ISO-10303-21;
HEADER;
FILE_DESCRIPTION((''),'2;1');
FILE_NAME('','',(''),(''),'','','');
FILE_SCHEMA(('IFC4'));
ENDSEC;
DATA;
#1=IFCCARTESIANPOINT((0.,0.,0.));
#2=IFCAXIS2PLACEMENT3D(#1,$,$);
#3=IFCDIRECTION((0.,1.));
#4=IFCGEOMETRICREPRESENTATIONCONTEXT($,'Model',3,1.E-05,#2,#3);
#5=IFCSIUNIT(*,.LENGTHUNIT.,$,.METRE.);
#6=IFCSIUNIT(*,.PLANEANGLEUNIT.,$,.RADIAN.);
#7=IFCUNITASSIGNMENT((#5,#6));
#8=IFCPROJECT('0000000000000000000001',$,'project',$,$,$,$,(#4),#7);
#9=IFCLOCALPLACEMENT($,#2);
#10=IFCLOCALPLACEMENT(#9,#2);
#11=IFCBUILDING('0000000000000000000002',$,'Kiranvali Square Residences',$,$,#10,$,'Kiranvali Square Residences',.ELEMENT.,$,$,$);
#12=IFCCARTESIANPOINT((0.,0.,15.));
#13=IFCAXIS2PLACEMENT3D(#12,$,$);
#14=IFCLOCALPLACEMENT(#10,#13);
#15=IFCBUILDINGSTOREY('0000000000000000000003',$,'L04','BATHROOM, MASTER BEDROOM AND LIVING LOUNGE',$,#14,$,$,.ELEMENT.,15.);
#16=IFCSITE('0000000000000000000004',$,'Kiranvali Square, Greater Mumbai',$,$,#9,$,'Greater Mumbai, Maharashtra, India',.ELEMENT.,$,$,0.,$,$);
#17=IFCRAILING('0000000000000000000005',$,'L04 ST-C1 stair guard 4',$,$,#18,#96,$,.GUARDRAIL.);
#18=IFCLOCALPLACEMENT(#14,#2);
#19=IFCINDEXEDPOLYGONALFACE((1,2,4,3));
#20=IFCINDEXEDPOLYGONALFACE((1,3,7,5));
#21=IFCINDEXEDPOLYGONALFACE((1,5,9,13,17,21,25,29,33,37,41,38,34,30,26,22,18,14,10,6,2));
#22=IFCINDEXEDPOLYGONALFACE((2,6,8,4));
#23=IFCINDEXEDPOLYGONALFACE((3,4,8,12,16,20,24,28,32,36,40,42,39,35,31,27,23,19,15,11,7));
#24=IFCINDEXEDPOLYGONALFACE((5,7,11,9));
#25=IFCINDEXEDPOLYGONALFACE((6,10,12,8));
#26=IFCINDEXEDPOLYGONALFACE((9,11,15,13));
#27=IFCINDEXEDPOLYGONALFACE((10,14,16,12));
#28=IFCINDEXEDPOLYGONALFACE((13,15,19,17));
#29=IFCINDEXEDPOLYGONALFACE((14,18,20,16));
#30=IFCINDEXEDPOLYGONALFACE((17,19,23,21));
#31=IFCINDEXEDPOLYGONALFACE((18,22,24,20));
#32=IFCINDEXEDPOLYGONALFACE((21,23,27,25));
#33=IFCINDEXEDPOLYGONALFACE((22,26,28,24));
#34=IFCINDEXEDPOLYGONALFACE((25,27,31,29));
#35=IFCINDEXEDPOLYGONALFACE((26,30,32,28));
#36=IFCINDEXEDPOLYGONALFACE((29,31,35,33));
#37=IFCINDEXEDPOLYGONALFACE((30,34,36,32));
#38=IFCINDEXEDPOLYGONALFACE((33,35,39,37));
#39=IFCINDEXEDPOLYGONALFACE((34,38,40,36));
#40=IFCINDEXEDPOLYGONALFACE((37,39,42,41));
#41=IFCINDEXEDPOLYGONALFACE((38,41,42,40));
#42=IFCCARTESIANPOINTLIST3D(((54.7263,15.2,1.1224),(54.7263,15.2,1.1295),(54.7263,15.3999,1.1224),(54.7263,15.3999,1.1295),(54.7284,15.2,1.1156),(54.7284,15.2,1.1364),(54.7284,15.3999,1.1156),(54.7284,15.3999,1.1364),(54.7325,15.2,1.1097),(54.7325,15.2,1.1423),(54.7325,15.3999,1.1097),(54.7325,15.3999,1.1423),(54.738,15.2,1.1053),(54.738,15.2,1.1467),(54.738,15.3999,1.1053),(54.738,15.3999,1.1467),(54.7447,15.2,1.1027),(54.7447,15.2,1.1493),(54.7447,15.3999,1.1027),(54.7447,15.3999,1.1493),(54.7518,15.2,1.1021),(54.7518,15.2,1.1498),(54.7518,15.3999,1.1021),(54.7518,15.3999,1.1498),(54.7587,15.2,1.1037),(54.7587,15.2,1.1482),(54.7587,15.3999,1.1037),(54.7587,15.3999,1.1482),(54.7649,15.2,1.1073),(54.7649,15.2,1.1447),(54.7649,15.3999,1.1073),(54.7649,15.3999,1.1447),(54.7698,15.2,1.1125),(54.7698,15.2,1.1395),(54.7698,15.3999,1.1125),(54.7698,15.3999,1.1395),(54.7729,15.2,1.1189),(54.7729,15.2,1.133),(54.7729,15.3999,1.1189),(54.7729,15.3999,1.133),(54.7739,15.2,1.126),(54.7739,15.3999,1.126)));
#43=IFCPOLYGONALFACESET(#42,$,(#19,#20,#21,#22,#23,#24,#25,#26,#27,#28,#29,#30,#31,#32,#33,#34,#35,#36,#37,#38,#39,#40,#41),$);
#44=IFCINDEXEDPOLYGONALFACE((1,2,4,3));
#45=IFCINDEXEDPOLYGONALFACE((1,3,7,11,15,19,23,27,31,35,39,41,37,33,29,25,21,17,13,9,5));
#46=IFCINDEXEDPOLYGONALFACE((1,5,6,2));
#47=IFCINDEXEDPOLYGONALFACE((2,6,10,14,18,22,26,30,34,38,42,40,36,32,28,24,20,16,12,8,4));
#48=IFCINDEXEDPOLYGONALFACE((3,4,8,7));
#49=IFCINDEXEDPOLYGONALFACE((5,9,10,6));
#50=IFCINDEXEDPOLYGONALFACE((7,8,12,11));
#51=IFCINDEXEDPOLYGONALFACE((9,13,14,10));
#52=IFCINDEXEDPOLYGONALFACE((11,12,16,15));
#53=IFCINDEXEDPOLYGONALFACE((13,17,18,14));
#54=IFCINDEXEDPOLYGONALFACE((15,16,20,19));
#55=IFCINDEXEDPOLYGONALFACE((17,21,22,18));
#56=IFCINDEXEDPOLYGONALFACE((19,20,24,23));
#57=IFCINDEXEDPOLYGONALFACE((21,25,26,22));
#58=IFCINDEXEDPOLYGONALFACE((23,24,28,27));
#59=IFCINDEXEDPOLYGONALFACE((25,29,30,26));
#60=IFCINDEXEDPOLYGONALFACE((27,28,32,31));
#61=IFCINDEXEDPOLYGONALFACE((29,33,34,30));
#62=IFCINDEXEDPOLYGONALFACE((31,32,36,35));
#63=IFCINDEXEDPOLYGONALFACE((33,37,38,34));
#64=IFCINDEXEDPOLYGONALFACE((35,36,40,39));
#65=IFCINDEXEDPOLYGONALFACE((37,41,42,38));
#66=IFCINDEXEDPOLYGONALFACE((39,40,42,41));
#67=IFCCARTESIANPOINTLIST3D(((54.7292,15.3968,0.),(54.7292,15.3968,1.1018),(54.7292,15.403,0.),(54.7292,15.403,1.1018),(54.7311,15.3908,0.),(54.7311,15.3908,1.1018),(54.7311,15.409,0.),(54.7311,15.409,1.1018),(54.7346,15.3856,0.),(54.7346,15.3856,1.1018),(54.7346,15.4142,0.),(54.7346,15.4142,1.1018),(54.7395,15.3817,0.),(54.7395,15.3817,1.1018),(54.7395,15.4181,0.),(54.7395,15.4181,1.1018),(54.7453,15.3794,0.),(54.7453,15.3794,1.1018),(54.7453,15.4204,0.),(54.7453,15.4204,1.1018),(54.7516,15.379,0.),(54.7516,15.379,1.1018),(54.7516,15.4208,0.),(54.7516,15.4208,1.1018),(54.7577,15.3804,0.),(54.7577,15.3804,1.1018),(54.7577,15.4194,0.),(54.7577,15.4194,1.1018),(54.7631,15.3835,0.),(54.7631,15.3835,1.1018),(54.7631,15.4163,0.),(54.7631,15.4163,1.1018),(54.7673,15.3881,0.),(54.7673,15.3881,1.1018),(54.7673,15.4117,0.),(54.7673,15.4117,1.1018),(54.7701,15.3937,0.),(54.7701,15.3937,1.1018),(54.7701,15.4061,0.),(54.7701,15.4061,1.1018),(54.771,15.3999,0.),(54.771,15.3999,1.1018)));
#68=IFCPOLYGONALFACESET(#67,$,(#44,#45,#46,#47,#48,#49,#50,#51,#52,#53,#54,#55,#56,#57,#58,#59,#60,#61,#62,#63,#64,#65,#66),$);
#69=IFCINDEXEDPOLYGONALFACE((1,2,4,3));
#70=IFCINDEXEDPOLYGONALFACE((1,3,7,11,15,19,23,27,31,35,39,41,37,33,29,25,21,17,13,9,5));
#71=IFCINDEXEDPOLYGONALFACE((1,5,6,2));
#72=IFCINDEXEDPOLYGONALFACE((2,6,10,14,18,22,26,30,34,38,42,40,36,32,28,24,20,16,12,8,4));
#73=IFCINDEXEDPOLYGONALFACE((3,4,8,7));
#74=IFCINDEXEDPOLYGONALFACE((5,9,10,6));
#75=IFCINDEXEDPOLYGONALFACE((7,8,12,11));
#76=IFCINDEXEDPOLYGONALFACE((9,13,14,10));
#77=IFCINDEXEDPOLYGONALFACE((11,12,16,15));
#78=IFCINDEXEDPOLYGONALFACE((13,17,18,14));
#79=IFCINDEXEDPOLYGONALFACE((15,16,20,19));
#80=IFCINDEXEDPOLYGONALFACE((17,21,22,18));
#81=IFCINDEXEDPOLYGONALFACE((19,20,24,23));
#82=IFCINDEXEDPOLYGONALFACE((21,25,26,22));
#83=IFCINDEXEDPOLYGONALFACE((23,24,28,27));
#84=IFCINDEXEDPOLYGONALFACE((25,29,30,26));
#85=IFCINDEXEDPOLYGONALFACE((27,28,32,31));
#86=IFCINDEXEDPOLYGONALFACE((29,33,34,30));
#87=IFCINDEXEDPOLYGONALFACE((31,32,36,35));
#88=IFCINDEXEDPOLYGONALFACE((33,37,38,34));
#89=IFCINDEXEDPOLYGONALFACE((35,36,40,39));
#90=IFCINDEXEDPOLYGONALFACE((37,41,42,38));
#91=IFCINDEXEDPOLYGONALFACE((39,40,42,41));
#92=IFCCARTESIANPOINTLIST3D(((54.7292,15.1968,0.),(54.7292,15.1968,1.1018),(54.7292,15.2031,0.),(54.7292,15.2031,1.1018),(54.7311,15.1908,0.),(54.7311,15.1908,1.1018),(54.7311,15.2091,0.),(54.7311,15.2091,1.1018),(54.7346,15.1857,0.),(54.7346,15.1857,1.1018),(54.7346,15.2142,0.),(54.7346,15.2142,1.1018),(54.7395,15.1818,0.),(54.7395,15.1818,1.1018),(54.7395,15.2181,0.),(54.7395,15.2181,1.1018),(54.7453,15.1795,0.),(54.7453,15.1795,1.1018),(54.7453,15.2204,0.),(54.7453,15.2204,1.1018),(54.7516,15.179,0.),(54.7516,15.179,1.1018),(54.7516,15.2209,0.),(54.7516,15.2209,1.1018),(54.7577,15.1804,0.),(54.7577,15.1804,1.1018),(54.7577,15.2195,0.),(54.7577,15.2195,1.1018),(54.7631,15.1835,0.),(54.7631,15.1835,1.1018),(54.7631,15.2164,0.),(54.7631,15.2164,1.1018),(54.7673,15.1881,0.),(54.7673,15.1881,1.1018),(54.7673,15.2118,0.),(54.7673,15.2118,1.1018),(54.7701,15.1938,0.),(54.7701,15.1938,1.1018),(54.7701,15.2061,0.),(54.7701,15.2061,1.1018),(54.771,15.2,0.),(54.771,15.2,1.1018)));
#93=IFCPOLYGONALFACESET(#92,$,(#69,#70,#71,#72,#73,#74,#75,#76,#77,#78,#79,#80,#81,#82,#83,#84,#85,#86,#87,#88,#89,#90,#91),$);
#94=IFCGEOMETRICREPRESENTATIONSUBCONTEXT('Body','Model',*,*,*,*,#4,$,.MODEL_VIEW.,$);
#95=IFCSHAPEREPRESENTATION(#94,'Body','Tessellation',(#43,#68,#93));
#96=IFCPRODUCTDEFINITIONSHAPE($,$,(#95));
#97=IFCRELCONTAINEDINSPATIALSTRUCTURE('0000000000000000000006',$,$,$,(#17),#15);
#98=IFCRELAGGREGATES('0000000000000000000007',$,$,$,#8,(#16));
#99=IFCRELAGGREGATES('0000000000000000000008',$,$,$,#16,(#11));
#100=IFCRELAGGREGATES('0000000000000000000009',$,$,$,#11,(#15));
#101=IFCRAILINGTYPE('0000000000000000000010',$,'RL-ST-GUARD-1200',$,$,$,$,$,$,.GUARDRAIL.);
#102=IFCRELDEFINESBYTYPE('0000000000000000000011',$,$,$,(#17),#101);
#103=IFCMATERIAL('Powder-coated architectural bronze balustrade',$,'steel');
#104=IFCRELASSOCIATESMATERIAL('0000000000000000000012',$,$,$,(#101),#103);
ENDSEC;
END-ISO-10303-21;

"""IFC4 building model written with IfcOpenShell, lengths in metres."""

from ifc_helpers import new_model, si_unit, direction, frame, origin, origin_2d, place, context, subcontext, project, spatial, circle, extrude, material, type_object, element, save


model = new_model("IFC4")

# Units and contexts
model_context = context("Model", 3, precision=1e-05, world=origin(), true_north=direction((0.0, 1.0)))
body_context = subcontext(model_context, "Body", "Model", "MODEL_VIEW")
ifc_project = project(units=[si_unit("LENGTHUNIT", "METRE"), si_unit("PLANEANGLEUNIT", "RADIAN")], contexts=[model_context])

# Site, building, storey
site_placement = place(None, origin())
site = spatial("IfcSite", under=ifc_project, at=site_placement, Name="Kiranvali Square, Greater Mumbai", LongName="Greater Mumbai, Maharashtra, India", CompositionType="ELEMENT", RefElevation=0.0)
building_placement = place(site_placement, origin())
building = spatial("IfcBuilding", under=site, at=building_placement, Name="Kiranvali Square Residences", LongName="Kiranvali Square Residences", CompositionType="ELEMENT")
storey_placement = place(building_placement, frame((0.0, 0.0, 15.0)))
storey = spatial("IfcBuildingStorey", under=building, at=storey_placement, Name="L04", Description="BATHROOM, MASTER BEDROOM AND LIVING LOUNGE", CompositionType="ELEMENT", Elevation=15.0)

# Railing
ifc_material_1 = material(Name="Powder-coated architectural bronze balustrade", Category="steel")
railing_type_1 = type_object("IfcRailingType", Name="RL-ST-GUARD-1200", PredefinedType="GUARDRAIL", material=ifc_material_1)
railing_1_placement = place(storey_placement, frame((54.75, 15.3999, 0.0)))
element("IfcRailing", 1, at=railing_1_placement, inside=storey, type_object=railing_type_1, Name="L04 ST-C1 stair guard 4", PredefinedType="GUARDRAIL", context=body_context, shape_type="SweptSolid", body=[
    extrude(circle(Radius=0.0239, at=origin_2d()), frame((0.0, 0.0, 1.126), z_axis=(0.0, -1.0, 0.0), x_axis=(1.0, 0.0, 0.0)), (0.0, 0.0, 1.0), 0.2),
    extrude(circle(Radius=0.021, at=origin_2d()), origin(), (0.0, 0.0, 1.0), 1.1018),
    extrude(circle(Radius=0.021, at=origin_2d()), frame((0.0, -0.2, 0.0)), (0.0, 0.0, 1.0), 1.1018),
])

save(model, "model.ifc")
